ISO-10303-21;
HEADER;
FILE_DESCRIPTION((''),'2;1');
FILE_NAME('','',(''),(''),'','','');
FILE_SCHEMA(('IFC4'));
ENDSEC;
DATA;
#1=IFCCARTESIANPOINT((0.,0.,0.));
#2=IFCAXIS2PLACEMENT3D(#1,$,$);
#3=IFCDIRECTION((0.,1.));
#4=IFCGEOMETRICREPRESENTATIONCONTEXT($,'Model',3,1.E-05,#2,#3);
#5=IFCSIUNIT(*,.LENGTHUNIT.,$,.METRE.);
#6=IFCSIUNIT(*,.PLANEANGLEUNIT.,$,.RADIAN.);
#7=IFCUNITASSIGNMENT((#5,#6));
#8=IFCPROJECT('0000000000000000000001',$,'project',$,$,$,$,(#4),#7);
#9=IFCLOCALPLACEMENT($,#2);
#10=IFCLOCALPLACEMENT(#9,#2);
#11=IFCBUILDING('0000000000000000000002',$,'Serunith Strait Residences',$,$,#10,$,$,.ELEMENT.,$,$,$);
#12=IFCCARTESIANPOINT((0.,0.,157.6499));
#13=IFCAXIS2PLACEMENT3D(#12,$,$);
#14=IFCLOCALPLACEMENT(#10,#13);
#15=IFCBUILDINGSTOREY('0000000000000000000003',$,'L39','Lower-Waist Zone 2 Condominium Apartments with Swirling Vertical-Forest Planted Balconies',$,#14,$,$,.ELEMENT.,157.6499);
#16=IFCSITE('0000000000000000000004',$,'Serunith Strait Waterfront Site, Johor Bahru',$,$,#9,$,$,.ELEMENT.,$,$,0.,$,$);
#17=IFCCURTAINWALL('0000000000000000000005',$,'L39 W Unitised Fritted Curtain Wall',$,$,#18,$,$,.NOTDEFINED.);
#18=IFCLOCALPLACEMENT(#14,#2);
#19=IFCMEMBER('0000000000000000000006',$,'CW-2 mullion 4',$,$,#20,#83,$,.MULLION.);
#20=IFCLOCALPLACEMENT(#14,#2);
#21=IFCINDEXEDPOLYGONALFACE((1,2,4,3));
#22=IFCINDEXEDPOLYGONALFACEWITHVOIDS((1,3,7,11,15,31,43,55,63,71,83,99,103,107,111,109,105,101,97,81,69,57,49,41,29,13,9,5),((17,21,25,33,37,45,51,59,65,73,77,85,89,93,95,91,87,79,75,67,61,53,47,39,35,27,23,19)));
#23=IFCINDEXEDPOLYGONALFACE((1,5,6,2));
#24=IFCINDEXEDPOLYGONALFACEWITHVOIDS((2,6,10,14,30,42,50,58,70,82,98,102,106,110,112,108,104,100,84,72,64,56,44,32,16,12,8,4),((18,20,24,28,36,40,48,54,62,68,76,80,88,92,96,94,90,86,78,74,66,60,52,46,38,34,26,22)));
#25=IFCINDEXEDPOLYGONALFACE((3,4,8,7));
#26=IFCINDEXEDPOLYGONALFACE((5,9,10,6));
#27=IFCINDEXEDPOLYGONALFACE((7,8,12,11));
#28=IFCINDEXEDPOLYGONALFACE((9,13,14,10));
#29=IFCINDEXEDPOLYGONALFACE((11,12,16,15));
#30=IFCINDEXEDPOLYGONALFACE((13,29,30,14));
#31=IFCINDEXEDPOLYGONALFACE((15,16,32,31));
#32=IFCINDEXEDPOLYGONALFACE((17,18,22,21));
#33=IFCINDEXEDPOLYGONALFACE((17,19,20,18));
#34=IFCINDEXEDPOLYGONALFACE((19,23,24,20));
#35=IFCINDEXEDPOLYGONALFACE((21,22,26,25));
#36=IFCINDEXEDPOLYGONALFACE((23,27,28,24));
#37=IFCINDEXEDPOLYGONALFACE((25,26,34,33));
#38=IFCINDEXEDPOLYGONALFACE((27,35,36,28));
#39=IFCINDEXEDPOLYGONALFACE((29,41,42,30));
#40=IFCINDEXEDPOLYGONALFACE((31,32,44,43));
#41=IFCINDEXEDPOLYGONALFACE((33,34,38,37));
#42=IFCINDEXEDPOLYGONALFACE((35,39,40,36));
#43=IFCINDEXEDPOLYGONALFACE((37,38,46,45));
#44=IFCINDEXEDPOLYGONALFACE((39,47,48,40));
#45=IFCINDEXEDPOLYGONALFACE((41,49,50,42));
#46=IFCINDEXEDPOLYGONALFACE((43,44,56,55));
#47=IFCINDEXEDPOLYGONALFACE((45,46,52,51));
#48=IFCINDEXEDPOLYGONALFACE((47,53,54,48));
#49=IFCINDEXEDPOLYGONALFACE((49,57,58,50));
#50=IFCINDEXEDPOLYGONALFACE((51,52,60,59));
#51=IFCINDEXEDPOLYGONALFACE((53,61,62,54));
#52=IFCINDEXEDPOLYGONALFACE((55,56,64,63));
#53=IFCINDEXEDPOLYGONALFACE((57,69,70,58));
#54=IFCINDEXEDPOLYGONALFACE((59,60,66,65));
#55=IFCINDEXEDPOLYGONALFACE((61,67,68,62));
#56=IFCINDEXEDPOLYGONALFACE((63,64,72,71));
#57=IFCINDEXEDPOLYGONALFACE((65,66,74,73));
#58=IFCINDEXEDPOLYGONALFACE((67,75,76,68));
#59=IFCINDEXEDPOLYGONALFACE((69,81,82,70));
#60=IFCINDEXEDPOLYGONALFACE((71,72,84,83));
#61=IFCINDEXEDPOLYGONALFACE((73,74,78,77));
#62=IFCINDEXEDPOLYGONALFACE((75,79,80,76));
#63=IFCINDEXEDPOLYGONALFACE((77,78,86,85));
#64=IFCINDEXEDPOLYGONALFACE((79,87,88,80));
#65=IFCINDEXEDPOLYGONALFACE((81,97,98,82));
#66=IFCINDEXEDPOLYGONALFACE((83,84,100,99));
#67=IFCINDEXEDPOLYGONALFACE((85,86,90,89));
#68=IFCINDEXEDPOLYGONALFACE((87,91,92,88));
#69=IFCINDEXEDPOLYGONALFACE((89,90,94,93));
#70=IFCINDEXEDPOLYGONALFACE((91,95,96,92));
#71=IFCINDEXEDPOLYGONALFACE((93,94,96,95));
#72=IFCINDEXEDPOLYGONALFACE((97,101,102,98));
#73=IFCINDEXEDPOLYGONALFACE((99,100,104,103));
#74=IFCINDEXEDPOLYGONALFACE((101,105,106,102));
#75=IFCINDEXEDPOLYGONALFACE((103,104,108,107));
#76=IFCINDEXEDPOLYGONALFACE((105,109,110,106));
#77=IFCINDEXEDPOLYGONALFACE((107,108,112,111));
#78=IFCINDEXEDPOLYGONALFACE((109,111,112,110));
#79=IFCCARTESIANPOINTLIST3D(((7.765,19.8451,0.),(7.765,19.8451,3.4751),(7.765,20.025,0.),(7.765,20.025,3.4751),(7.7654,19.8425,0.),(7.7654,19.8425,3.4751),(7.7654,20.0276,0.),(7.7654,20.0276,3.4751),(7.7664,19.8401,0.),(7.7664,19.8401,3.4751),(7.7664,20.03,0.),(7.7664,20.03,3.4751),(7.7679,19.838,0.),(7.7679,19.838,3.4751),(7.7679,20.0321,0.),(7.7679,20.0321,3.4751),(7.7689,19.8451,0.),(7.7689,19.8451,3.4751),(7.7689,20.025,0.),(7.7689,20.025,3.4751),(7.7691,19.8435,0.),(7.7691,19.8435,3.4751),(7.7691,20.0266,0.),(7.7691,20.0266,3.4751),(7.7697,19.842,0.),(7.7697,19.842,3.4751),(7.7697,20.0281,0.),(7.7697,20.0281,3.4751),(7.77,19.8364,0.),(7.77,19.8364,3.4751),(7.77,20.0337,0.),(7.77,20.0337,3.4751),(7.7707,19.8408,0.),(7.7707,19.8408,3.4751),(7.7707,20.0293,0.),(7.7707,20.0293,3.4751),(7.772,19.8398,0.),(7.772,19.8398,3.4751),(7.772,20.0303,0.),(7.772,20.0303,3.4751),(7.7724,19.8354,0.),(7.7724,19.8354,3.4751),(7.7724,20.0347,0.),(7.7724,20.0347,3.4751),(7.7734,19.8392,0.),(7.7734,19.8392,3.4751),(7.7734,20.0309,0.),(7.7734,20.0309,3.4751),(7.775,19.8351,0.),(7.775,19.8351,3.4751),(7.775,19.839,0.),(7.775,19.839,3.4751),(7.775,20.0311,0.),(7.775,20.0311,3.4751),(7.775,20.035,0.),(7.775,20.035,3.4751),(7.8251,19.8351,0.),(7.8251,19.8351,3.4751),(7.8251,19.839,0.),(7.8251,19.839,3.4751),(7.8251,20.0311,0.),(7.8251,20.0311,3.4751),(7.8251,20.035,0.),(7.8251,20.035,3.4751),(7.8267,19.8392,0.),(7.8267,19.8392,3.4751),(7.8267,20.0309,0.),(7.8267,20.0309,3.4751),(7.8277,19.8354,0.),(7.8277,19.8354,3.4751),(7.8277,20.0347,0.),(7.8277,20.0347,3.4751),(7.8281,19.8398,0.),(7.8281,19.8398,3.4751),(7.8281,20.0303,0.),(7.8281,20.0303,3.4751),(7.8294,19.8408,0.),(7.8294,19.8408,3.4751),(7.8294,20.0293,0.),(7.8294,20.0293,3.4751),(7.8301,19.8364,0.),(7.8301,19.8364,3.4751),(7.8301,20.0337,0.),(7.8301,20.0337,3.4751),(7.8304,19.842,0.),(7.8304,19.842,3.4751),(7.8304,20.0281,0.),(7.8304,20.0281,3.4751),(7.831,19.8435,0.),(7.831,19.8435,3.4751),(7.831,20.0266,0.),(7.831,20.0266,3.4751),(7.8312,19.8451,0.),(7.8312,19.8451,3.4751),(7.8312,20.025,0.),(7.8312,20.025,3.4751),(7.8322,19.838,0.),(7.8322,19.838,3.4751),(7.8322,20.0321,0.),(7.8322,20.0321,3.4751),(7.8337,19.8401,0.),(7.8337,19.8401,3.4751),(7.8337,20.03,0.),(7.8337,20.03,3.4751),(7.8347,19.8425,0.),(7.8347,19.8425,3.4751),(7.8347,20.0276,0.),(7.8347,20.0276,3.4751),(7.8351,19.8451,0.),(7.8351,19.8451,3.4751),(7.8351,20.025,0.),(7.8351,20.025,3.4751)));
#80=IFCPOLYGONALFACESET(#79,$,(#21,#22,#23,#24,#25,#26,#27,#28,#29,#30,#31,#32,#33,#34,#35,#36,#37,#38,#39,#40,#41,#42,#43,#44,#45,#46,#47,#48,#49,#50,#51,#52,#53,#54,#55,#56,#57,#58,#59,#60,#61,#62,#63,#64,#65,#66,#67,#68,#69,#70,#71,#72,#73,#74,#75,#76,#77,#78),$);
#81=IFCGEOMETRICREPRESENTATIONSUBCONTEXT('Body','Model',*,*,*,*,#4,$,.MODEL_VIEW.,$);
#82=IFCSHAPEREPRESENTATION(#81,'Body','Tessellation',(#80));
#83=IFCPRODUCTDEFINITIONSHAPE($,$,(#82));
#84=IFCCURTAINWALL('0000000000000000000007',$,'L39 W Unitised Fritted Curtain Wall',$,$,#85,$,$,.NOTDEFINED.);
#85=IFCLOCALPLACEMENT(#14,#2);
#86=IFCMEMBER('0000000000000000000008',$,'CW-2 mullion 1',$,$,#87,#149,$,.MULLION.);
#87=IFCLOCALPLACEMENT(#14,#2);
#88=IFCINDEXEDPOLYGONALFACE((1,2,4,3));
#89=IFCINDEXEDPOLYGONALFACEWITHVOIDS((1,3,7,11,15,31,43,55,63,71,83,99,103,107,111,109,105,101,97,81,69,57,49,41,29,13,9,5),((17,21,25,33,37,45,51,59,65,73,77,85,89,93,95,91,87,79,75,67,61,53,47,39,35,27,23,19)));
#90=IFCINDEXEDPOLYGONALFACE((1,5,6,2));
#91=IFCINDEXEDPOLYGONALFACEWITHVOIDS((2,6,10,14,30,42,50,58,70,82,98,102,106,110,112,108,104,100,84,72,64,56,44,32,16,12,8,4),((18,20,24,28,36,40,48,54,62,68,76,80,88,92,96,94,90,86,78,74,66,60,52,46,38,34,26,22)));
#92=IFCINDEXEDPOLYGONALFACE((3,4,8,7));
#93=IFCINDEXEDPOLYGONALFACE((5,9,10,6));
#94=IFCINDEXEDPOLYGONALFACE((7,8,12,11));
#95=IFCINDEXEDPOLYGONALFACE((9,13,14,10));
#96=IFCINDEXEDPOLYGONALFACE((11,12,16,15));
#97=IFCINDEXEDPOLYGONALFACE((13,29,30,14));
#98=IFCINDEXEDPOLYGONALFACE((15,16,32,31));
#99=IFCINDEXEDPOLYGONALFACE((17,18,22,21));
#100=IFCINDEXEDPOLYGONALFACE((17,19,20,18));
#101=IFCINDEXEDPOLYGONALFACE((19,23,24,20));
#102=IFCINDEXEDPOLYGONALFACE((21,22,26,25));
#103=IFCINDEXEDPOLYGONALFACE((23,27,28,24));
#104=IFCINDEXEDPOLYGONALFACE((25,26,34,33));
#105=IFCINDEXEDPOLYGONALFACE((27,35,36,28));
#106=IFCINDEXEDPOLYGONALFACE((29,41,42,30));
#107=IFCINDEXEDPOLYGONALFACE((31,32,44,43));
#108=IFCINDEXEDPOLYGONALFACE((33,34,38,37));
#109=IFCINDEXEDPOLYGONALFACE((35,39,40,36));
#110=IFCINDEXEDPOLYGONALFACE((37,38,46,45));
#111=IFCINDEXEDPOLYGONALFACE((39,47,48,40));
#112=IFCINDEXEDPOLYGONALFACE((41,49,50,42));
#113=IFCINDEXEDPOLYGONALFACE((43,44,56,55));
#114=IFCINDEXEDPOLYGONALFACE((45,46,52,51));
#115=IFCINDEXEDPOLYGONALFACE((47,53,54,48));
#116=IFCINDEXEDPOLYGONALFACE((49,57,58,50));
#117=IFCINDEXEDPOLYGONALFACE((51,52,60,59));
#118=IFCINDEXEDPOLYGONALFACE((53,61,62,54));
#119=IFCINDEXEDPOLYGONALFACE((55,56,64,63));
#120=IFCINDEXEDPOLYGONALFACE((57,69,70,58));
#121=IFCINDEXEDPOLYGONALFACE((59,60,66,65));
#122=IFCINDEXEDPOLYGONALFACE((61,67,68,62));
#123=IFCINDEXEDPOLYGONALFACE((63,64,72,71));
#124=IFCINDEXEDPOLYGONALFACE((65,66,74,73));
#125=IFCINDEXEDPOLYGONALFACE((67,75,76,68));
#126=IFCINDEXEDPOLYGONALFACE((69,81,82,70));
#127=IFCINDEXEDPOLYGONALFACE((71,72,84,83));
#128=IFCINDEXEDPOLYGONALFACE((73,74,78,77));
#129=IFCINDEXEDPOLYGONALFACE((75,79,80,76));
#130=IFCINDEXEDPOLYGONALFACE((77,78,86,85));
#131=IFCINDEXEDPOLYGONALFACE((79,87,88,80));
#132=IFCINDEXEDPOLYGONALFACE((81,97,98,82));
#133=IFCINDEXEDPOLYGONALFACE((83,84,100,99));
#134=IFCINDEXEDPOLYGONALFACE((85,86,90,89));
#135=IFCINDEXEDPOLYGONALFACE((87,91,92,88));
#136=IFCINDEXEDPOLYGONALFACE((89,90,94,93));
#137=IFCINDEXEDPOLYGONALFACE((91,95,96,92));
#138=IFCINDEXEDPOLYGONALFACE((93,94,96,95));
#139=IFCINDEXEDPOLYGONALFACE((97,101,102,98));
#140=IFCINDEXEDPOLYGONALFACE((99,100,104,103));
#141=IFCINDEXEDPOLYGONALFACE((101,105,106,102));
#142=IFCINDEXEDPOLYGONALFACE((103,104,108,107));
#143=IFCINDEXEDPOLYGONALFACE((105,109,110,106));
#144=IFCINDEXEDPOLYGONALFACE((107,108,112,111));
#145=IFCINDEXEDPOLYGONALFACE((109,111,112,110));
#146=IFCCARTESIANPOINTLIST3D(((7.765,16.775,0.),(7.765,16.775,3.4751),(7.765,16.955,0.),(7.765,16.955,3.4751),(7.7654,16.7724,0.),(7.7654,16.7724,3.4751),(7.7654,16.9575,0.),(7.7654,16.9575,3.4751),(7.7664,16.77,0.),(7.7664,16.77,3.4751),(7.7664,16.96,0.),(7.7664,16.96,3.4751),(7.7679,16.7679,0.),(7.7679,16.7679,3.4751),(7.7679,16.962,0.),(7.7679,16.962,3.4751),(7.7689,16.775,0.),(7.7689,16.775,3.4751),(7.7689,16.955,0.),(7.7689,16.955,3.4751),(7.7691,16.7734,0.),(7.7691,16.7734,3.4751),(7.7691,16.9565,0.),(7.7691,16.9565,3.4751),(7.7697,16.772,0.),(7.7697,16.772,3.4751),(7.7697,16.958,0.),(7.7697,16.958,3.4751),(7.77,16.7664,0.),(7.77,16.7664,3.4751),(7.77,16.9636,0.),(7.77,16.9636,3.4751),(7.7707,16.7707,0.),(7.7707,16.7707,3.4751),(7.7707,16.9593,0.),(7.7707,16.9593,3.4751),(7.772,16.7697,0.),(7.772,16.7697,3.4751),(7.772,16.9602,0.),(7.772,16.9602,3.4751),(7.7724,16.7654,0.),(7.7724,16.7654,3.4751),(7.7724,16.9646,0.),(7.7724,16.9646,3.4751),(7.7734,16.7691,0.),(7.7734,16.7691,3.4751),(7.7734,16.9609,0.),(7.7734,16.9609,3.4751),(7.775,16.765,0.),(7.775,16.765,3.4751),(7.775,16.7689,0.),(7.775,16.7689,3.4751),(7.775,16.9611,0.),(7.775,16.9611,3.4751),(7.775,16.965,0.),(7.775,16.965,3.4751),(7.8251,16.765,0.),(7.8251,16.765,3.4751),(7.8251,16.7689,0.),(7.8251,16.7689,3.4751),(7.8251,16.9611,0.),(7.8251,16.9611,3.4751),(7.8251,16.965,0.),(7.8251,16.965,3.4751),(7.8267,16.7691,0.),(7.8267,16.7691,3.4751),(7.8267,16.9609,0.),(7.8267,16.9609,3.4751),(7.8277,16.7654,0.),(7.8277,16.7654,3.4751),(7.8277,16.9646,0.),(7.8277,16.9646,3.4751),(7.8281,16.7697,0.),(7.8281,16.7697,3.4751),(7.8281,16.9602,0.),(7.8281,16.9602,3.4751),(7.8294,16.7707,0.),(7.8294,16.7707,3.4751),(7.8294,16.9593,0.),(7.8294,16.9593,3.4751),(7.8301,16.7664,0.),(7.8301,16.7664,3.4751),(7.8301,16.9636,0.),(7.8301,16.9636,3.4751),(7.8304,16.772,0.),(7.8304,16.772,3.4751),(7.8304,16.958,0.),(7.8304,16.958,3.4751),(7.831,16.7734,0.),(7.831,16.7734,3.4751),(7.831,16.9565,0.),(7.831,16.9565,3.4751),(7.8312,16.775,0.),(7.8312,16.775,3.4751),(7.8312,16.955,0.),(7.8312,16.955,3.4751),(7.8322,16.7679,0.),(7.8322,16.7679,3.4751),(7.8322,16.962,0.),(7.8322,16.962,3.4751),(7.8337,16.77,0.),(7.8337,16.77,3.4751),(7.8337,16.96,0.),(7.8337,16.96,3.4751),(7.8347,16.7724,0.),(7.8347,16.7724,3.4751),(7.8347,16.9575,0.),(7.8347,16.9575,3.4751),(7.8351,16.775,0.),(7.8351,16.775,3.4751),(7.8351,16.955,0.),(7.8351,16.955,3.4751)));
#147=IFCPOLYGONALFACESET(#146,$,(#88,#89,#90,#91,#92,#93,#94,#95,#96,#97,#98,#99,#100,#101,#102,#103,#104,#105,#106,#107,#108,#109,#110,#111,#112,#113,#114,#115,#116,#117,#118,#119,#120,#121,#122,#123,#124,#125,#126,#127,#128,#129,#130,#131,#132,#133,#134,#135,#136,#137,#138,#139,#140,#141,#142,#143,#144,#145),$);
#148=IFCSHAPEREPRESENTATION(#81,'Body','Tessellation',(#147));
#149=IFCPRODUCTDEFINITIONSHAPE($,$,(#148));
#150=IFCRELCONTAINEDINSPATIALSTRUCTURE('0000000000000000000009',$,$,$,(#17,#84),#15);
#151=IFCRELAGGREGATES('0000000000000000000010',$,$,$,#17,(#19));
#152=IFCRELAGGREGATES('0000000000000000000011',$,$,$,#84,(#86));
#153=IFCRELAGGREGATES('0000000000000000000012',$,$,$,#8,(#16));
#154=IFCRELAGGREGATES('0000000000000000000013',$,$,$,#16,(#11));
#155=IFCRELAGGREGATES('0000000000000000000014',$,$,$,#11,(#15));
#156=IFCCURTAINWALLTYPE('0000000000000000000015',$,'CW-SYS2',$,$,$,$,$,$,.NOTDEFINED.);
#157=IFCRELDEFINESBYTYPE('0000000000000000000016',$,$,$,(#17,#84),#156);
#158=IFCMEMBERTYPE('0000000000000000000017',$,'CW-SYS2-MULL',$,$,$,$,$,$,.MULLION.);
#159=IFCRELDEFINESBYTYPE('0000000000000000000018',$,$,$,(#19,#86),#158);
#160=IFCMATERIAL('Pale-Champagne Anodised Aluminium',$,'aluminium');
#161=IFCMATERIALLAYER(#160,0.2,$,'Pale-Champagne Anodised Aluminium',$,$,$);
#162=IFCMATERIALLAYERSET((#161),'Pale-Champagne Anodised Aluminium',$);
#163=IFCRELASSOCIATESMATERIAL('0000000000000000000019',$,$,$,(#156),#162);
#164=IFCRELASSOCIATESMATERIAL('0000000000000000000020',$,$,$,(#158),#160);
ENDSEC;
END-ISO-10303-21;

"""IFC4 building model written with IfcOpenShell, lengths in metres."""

from ifc_helpers import new_model, si_unit, direction, frame, origin, origin_2d, place, context, subcontext, project, spatial, hollow_rectangle, extrude, source, transform, mapped, material, layer, layer_set, material_profile, profile_set, type_object, element, aggregate, save


model = new_model("IFC4")

# Units and contexts
model_context = context("Model", 3, precision=1e-05, world=origin(), true_north=direction((0.0, 1.0)))
body_context = subcontext(model_context, "Body", "Model", "MODEL_VIEW")
ifc_project = project(units=[si_unit("LENGTHUNIT", "METRE"), si_unit("PLANEANGLEUNIT", "RADIAN")], contexts=[model_context])

# Site, building, storey
site_placement = place(None, origin())
site = spatial("IfcSite", under=ifc_project, at=site_placement, Name="Serunith Strait Waterfront Site, Johor Bahru", CompositionType="ELEMENT", RefElevation=0.0)
building_placement = place(site_placement, origin())
building = spatial("IfcBuilding", under=site, at=building_placement, Name="Serunith Strait Residences", CompositionType="ELEMENT")
storey_placement = place(building_placement, frame((0.0, 0.0, 157.6499)))
storey = spatial("IfcBuildingStorey", under=building, at=storey_placement, Name="L39", Description="Lower-Waist Zone 2 Condominium Apartments with Swirling Vertical-Forest Planted Balconies", CompositionType="ELEMENT", Elevation=157.6499)

# Curtain wall, member
ifc_material_1 = material(Name="Pale-Champagne Anodised Aluminium", Category="aluminium")
ifc_layer_1 = layer(ifc_material_1, 0.2, Name="Pale-Champagne Anodised Aluminium")
ifc_layer_set_1 = layer_set([ifc_layer_1], Name="Pale-Champagne Anodised Aluminium")
curtain_wall_type = type_object("IfcCurtainWallType", Name="CW-SYS2", PredefinedType="NOTDEFINED", material=ifc_layer_set_1)
curtain_wall_1_placement = place(storey_placement, origin())
curtain_wall_1 = element("IfcCurtainWall", 1, at=curtain_wall_1_placement, inside=storey, type_object=curtain_wall_type, Name="L39 W Unitised Fritted Curtain Wall", PredefinedType="NOTDEFINED")
ifc_material_profile_1 = material_profile(ifc_material_1, hollow_rectangle(XDim=0.0701, YDim=0.2, WallThickness=0.0039, InnerFilletRadius=0.0061, OuterFilletRadius=0.01, at=origin_2d()), Name="ALU 200x70x4")
ifc_profile_set_1 = profile_set([ifc_material_profile_1], Name="Pale-Champagne Anodised Aluminium")
member_type_1 = type_object("IfcMemberType", Name="CW-SYS2-MULL", PredefinedType="MULLION", material=ifc_profile_set_1)
shared_shape_1 = source(origin(), body_context, "Body", "SweptSolid", [
    extrude(hollow_rectangle(XDim=0.0701, YDim=0.2, WallThickness=0.0039, InnerFilletRadius=0.0061, OuterFilletRadius=0.01, at=origin_2d()), origin(), (0.0, 0.0, 1.0), 3.4751),
])
member_1_placement = place(storey_placement, frame((7.8, 19.9351, 0.0), z_axis=(0.0, 0.0, 1.0), x_axis=(1.0, 0.0, 0.0)))
member_1 = element("IfcMember", 2, at=member_1_placement, type_object=member_type_1, Name="CW-2 mullion 4", PredefinedType="MULLION", context=body_context, shape_type="MappedRepresentation", body=[
    mapped(shared_shape_1, transform((0.0, 0.0, 0.0), scale=1.0)),
])
aggregate(curtain_wall_1, [member_1])

# Curtain wall, member
curtain_wall_2_placement = place(storey_placement, origin())
curtain_wall_2 = element("IfcCurtainWall", 3, at=curtain_wall_2_placement, inside=storey, type_object=curtain_wall_type, Name="L39 W Unitised Fritted Curtain Wall", PredefinedType="NOTDEFINED")
member_2_placement = place(storey_placement, frame((7.8, 16.865, 0.0), z_axis=(0.0, 0.0, 1.0), x_axis=(1.0, 0.0, 0.0)))
member_2 = element("IfcMember", 4, at=member_2_placement, type_object=member_type_1, Name="CW-2 mullion 1", PredefinedType="MULLION", context=body_context, shape_type="MappedRepresentation", body=[
    mapped(shared_shape_1, transform((0.0, 0.0, 0.0), scale=1.0)),
])
aggregate(curtain_wall_2, [member_2])

save(model, "model.ifc")
